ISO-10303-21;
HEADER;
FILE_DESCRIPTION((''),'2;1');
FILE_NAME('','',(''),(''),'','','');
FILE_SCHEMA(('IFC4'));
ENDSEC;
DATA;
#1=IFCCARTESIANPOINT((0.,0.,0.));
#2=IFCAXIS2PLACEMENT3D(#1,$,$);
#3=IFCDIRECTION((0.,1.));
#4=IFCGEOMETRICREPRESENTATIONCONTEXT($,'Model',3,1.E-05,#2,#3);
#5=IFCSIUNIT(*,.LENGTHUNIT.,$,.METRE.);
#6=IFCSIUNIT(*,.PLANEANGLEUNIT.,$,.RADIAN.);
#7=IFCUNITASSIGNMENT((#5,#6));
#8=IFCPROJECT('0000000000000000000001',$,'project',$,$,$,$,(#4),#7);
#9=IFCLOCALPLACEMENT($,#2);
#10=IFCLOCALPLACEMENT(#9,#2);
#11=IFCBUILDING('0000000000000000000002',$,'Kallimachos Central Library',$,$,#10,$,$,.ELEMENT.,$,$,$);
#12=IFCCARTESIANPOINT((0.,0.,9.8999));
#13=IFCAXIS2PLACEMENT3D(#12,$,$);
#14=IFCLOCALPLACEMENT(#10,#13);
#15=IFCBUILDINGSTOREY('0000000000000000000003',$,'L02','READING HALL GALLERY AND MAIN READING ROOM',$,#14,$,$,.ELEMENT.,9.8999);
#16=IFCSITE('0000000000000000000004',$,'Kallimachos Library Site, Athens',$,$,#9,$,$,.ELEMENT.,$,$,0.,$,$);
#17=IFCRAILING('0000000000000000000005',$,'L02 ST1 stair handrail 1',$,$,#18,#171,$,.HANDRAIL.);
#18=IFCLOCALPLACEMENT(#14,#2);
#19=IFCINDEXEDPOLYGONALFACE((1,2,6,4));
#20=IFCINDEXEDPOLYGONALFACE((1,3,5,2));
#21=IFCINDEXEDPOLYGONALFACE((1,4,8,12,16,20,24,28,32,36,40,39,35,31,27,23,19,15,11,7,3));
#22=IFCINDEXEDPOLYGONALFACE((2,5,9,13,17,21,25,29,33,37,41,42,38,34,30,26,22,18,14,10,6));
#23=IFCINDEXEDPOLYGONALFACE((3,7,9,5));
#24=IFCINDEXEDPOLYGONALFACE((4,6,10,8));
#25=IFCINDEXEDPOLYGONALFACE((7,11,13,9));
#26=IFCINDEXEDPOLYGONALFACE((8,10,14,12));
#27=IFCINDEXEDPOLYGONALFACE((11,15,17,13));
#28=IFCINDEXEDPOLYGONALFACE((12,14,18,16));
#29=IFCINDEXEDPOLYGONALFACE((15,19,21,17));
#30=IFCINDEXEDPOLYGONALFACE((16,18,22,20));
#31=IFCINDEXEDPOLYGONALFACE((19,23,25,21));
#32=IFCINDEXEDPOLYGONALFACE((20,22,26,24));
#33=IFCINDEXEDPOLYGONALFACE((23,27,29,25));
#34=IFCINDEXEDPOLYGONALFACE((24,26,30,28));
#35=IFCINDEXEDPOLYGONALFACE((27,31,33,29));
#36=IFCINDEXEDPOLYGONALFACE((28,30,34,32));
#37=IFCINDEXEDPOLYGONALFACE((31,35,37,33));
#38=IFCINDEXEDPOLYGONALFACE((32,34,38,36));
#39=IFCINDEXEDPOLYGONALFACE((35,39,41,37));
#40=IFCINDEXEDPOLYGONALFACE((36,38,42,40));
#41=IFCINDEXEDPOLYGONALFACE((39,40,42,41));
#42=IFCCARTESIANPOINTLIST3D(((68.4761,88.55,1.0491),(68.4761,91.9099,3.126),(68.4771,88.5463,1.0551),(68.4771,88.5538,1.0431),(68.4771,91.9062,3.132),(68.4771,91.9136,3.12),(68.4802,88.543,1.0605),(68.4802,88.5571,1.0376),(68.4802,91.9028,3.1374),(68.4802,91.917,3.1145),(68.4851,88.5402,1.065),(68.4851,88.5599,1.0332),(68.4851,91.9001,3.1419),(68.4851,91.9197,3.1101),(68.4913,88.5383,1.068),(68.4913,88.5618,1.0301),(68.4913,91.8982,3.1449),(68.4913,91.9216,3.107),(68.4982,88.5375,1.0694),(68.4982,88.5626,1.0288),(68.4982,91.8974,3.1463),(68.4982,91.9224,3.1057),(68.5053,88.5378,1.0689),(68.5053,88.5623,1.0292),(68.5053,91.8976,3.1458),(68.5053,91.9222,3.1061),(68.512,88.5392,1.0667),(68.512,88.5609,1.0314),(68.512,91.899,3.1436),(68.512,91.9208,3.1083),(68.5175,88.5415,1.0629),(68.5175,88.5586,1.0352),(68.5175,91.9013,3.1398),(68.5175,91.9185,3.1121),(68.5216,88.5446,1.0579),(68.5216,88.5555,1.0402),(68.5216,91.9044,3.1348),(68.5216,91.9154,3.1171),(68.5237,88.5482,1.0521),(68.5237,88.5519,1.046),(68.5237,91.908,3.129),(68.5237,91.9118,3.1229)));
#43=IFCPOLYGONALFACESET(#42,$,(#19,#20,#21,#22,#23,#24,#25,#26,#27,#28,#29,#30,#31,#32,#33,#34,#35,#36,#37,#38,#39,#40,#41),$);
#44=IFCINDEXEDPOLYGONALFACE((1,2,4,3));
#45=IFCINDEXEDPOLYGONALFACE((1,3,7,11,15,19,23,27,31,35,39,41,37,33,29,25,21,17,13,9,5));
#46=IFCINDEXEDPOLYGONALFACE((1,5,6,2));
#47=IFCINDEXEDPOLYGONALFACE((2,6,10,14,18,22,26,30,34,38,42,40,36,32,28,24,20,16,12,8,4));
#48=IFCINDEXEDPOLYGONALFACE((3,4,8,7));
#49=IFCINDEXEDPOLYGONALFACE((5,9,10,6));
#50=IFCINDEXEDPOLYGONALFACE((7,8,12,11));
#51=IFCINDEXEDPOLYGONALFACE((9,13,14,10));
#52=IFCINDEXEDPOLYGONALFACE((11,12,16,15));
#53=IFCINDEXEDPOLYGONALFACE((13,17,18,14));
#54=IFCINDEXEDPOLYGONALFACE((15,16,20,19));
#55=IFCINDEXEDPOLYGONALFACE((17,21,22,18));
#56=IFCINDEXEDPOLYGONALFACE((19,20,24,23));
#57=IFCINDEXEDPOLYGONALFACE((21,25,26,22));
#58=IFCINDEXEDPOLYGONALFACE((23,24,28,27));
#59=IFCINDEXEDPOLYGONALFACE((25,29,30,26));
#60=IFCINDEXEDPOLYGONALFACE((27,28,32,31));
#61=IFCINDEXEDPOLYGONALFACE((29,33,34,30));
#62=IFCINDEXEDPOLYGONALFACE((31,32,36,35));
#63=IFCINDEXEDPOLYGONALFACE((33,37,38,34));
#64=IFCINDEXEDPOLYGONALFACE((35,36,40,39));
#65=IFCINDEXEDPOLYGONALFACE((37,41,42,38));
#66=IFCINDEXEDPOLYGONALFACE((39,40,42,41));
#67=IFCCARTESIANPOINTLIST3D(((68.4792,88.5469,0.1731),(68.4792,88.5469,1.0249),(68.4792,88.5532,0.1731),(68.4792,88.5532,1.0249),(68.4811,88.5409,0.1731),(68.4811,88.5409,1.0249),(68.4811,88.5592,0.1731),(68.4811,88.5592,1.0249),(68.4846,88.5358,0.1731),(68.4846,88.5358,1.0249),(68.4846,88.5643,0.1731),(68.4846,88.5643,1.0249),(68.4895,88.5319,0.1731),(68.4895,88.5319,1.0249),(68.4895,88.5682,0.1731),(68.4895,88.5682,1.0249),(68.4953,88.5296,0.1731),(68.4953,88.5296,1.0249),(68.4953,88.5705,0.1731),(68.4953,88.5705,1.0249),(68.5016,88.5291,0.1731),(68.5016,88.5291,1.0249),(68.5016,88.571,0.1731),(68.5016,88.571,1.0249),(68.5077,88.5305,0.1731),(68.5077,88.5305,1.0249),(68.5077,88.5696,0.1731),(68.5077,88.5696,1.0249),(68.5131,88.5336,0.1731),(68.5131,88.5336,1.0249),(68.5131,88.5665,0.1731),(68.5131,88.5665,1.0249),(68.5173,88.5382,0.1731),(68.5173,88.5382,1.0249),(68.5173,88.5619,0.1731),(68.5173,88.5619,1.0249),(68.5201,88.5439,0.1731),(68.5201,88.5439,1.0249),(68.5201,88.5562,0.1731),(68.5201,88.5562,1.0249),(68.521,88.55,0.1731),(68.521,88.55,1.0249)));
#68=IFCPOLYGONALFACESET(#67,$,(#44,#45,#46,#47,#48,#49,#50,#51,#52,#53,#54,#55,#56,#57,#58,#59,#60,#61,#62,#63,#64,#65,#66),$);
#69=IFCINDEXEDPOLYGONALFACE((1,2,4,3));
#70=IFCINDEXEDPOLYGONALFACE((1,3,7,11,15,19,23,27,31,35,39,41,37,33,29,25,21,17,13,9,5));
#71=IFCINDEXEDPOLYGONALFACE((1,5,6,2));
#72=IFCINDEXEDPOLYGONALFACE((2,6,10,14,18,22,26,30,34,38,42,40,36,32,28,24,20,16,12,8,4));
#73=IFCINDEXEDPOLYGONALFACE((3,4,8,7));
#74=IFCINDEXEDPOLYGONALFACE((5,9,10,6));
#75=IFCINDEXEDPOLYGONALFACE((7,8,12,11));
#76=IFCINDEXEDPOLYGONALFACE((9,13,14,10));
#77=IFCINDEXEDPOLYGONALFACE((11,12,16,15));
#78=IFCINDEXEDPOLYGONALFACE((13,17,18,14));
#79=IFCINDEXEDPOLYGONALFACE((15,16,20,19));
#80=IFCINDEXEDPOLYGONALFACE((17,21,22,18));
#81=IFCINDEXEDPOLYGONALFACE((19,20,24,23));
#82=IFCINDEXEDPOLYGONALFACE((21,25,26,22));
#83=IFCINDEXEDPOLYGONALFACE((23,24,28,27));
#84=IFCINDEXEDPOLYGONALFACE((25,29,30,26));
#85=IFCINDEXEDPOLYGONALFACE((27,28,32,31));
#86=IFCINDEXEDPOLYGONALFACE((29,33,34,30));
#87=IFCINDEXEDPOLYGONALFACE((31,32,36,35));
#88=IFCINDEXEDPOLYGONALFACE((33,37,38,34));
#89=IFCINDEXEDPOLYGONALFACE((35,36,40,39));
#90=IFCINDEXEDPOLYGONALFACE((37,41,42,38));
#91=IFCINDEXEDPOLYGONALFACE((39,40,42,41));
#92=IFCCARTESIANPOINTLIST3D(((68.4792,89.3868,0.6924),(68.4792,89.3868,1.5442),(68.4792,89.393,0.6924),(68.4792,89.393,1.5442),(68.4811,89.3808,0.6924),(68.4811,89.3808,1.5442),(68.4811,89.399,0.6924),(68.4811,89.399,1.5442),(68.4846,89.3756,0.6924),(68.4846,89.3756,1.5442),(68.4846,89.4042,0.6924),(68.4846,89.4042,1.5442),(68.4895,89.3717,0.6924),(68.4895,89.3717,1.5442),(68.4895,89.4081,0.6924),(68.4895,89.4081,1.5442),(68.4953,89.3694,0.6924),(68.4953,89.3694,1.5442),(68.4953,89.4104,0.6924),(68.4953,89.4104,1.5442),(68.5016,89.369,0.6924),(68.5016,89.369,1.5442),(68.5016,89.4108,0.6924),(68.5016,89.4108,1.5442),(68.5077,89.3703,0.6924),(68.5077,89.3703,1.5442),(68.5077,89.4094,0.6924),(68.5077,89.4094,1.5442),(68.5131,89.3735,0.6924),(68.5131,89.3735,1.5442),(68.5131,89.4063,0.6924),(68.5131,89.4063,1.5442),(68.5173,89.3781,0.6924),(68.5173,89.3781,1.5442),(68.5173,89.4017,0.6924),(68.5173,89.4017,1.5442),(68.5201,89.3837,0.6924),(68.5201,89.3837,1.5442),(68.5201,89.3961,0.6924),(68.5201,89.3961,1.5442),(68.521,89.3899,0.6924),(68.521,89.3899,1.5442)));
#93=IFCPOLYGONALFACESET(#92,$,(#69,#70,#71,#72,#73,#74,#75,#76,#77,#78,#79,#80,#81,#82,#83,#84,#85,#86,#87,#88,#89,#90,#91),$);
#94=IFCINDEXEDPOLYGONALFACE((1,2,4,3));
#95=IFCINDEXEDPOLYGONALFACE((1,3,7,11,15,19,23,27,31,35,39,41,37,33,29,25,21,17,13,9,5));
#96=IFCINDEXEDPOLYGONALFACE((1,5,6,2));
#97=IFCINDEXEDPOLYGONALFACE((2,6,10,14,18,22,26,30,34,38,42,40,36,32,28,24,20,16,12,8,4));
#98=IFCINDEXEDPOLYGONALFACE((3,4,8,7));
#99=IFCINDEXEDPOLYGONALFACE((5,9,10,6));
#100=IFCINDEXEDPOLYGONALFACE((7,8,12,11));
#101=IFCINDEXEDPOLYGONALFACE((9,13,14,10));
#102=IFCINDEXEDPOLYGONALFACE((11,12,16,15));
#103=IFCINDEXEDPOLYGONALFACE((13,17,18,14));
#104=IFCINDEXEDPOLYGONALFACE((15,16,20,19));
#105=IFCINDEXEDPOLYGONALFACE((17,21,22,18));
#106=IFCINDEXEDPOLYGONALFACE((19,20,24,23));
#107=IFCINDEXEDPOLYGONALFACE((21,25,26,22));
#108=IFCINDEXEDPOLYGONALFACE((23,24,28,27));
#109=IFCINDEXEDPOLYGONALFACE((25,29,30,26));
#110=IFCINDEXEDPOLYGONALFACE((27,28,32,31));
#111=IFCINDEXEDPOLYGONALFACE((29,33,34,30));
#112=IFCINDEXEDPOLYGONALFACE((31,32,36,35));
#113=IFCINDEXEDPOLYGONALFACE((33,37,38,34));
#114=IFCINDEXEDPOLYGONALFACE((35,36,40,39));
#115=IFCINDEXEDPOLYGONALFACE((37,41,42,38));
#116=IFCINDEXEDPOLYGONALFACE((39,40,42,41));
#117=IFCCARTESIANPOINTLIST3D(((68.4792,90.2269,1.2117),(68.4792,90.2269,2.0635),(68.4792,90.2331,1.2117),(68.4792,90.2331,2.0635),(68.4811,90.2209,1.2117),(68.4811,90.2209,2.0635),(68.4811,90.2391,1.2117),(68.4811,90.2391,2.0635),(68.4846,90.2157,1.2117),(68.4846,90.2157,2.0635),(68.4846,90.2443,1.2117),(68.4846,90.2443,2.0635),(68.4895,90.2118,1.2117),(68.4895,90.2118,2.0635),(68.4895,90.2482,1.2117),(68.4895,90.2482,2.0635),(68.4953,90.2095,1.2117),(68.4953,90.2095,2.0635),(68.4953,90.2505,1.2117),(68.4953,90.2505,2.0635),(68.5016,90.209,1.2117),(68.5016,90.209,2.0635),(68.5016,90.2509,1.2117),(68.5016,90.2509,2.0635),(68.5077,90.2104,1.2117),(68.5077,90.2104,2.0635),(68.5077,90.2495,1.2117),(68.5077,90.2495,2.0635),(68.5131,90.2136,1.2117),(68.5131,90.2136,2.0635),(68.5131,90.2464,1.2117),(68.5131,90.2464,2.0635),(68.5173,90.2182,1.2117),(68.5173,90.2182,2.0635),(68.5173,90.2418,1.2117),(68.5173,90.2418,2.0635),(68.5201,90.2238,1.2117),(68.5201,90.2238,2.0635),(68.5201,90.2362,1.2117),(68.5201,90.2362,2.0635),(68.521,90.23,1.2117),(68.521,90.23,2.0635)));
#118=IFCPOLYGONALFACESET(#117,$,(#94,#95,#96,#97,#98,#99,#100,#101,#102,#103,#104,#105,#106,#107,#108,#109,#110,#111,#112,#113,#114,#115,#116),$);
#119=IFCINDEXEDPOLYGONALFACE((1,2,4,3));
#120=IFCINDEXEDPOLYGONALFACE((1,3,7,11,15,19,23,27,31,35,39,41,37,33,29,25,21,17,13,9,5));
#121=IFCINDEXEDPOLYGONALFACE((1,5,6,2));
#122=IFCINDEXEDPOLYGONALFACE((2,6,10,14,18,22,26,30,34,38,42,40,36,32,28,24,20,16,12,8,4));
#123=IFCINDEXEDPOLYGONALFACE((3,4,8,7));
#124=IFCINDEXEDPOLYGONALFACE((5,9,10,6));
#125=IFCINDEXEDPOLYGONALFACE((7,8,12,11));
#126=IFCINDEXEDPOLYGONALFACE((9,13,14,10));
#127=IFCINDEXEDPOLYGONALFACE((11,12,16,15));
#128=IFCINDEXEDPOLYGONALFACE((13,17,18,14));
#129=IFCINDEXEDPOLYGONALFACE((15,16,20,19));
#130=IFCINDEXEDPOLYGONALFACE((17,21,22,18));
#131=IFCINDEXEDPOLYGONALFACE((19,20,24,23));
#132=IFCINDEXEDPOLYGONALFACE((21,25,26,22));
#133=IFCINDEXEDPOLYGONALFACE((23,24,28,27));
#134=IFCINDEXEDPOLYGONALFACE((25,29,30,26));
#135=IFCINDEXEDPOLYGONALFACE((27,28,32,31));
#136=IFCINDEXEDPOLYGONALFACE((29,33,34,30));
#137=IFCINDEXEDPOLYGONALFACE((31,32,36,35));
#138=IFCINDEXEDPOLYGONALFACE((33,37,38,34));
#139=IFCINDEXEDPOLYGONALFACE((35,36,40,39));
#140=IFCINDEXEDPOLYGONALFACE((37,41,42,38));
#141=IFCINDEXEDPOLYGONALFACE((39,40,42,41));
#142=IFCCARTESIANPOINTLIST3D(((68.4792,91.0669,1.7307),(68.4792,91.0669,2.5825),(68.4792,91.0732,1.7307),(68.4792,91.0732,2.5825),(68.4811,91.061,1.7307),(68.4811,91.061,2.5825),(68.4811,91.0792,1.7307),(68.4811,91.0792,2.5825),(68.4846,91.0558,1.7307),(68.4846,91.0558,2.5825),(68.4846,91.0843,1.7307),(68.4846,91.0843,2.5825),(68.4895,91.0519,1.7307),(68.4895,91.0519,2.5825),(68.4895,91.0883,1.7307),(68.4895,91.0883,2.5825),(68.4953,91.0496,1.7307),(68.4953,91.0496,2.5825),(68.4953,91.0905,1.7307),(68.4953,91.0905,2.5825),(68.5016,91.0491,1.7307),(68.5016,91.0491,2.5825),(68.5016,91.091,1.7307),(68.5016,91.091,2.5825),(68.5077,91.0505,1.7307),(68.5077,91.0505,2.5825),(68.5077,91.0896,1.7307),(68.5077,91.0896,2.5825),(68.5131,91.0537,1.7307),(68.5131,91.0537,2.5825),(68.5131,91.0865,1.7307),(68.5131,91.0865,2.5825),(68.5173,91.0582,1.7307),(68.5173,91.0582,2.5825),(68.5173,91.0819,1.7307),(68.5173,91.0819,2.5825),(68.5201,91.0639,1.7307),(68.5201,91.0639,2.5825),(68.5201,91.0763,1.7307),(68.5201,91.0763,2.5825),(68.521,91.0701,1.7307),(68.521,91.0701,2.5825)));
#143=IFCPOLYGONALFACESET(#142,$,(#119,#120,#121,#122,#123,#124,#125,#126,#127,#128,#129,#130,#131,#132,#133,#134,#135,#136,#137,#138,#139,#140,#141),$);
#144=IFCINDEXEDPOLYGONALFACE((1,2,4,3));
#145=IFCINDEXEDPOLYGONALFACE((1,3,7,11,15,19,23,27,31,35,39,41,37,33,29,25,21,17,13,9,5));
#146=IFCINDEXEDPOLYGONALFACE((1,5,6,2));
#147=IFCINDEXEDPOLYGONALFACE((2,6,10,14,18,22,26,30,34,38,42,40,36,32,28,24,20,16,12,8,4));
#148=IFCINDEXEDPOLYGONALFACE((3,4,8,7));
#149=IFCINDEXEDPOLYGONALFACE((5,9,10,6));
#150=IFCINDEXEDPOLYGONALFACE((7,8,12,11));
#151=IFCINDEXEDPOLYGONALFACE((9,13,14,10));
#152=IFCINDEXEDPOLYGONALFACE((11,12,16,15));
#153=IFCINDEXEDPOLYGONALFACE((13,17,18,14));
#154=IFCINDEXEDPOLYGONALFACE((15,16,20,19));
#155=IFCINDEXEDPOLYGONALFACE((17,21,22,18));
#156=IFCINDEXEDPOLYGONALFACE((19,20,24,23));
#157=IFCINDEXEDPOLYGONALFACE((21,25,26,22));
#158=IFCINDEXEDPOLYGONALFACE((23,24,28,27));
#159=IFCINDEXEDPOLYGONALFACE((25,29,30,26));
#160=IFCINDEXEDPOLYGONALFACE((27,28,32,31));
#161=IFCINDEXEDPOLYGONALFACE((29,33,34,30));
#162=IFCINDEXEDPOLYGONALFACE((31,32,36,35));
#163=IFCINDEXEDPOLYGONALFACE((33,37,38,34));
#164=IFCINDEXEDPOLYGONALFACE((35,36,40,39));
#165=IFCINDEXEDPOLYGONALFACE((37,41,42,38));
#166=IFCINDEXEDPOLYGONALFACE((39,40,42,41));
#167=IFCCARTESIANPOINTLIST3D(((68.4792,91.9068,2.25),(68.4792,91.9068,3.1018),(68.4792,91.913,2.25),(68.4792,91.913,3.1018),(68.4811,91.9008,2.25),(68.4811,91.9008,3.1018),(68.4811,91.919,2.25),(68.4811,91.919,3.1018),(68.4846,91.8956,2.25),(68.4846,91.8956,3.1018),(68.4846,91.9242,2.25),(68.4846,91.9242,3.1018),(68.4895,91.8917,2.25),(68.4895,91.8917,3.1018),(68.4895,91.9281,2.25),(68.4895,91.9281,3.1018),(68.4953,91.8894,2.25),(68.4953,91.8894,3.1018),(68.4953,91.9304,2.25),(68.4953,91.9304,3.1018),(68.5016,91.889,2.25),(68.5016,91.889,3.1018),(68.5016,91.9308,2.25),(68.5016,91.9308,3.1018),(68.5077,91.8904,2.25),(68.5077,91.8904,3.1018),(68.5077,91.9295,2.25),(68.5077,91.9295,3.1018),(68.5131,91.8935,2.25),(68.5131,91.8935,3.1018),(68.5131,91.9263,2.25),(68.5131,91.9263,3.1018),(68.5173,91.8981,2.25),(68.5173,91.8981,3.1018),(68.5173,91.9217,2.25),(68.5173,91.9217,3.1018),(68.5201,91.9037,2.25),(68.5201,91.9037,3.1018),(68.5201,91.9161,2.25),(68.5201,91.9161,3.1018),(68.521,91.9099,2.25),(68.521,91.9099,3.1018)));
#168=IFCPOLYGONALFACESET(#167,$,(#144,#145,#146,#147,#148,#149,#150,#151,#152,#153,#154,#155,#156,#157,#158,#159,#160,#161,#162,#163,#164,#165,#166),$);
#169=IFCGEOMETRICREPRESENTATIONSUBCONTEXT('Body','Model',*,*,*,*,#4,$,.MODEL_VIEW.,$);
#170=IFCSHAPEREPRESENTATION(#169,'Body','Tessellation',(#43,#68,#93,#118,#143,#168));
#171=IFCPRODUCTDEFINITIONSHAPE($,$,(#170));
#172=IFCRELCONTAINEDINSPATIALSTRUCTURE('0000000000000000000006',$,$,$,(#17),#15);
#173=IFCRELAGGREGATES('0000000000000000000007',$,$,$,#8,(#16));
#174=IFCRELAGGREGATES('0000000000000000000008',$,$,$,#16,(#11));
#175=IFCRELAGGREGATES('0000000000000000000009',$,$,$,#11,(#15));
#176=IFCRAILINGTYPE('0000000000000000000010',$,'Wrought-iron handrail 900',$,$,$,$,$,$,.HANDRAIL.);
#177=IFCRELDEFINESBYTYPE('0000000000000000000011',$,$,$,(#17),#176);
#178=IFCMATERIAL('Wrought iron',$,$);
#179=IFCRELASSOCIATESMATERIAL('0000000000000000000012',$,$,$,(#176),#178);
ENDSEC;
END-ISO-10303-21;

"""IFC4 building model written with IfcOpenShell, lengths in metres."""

from ifc_helpers import new_model, si_unit, direction, frame, origin, origin_2d, place, context, subcontext, project, spatial, circle, extrude, material, type_object, element, save


model = new_model("IFC4")

# Units and contexts
model_context = context("Model", 3, precision=1e-05, world=origin(), true_north=direction((0.0, 1.0)))
body_context = subcontext(model_context, "Body", "Model", "MODEL_VIEW")
ifc_project = project(units=[si_unit("LENGTHUNIT", "METRE"), si_unit("PLANEANGLEUNIT", "RADIAN")], contexts=[model_context])

# Site, building, storey
site_placement = place(None, origin())
site = spatial("IfcSite", under=ifc_project, at=site_placement, Name="Kallimachos Library Site, Athens", CompositionType="ELEMENT", RefElevation=0.0)
building_placement = place(site_placement, origin())
building = spatial("IfcBuilding", under=site, at=building_placement, Name="Kallimachos Central Library", CompositionType="ELEMENT")
storey_placement = place(building_placement, frame((0.0, 0.0, 9.8999)))
storey = spatial("IfcBuildingStorey", under=building, at=storey_placement, Name="L02", Description="READING HALL GALLERY AND MAIN READING ROOM", CompositionType="ELEMENT", Elevation=9.8999)

# Railing
ifc_material_1 = material(Name="Wrought iron")
railing_type_1 = type_object("IfcRailingType", Name="Wrought-iron handrail 900", PredefinedType="HANDRAIL", material=ifc_material_1)
railing_1_placement = place(storey_placement, frame((68.5, 88.55, 0.1731)))
element("IfcRailing", 1, at=railing_1_placement, inside=storey, type_object=railing_type_1, Name="L02 ST1 stair handrail 1", PredefinedType="HANDRAIL", context=body_context, shape_type="SweptSolid", body=[
    extrude(circle(Radius=0.0239, at=origin_2d()), frame((0.0, 0.0, 0.876), z_axis=(0.0, 0.850606, 0.525803), x_axis=(-1.0, 0.0, 0.0)), (0.0, 0.0, 1.0), 3.95),
    extrude(circle(Radius=0.021, at=origin_2d()), origin(), (0.0, 0.0, 1.0), 0.8518),
    extrude(circle(Radius=0.021, at=origin_2d()), frame((0.0, 0.8398, 0.5193)), (0.0, 0.0, 1.0), 0.8518),
    extrude(circle(Radius=0.021, at=origin_2d()), frame((0.0, 1.6799, 1.0386)), (0.0, 0.0, 1.0), 0.8518),
    extrude(circle(Radius=0.021, at=origin_2d()), frame((0.0, 2.52, 1.5576)), (0.0, 0.0, 1.0), 0.8518),
    extrude(circle(Radius=0.021, at=origin_2d()), frame((0.0, 3.3599, 2.0769)), (0.0, 0.0, 1.0), 0.8518),
])

save(model, "model.ifc")
